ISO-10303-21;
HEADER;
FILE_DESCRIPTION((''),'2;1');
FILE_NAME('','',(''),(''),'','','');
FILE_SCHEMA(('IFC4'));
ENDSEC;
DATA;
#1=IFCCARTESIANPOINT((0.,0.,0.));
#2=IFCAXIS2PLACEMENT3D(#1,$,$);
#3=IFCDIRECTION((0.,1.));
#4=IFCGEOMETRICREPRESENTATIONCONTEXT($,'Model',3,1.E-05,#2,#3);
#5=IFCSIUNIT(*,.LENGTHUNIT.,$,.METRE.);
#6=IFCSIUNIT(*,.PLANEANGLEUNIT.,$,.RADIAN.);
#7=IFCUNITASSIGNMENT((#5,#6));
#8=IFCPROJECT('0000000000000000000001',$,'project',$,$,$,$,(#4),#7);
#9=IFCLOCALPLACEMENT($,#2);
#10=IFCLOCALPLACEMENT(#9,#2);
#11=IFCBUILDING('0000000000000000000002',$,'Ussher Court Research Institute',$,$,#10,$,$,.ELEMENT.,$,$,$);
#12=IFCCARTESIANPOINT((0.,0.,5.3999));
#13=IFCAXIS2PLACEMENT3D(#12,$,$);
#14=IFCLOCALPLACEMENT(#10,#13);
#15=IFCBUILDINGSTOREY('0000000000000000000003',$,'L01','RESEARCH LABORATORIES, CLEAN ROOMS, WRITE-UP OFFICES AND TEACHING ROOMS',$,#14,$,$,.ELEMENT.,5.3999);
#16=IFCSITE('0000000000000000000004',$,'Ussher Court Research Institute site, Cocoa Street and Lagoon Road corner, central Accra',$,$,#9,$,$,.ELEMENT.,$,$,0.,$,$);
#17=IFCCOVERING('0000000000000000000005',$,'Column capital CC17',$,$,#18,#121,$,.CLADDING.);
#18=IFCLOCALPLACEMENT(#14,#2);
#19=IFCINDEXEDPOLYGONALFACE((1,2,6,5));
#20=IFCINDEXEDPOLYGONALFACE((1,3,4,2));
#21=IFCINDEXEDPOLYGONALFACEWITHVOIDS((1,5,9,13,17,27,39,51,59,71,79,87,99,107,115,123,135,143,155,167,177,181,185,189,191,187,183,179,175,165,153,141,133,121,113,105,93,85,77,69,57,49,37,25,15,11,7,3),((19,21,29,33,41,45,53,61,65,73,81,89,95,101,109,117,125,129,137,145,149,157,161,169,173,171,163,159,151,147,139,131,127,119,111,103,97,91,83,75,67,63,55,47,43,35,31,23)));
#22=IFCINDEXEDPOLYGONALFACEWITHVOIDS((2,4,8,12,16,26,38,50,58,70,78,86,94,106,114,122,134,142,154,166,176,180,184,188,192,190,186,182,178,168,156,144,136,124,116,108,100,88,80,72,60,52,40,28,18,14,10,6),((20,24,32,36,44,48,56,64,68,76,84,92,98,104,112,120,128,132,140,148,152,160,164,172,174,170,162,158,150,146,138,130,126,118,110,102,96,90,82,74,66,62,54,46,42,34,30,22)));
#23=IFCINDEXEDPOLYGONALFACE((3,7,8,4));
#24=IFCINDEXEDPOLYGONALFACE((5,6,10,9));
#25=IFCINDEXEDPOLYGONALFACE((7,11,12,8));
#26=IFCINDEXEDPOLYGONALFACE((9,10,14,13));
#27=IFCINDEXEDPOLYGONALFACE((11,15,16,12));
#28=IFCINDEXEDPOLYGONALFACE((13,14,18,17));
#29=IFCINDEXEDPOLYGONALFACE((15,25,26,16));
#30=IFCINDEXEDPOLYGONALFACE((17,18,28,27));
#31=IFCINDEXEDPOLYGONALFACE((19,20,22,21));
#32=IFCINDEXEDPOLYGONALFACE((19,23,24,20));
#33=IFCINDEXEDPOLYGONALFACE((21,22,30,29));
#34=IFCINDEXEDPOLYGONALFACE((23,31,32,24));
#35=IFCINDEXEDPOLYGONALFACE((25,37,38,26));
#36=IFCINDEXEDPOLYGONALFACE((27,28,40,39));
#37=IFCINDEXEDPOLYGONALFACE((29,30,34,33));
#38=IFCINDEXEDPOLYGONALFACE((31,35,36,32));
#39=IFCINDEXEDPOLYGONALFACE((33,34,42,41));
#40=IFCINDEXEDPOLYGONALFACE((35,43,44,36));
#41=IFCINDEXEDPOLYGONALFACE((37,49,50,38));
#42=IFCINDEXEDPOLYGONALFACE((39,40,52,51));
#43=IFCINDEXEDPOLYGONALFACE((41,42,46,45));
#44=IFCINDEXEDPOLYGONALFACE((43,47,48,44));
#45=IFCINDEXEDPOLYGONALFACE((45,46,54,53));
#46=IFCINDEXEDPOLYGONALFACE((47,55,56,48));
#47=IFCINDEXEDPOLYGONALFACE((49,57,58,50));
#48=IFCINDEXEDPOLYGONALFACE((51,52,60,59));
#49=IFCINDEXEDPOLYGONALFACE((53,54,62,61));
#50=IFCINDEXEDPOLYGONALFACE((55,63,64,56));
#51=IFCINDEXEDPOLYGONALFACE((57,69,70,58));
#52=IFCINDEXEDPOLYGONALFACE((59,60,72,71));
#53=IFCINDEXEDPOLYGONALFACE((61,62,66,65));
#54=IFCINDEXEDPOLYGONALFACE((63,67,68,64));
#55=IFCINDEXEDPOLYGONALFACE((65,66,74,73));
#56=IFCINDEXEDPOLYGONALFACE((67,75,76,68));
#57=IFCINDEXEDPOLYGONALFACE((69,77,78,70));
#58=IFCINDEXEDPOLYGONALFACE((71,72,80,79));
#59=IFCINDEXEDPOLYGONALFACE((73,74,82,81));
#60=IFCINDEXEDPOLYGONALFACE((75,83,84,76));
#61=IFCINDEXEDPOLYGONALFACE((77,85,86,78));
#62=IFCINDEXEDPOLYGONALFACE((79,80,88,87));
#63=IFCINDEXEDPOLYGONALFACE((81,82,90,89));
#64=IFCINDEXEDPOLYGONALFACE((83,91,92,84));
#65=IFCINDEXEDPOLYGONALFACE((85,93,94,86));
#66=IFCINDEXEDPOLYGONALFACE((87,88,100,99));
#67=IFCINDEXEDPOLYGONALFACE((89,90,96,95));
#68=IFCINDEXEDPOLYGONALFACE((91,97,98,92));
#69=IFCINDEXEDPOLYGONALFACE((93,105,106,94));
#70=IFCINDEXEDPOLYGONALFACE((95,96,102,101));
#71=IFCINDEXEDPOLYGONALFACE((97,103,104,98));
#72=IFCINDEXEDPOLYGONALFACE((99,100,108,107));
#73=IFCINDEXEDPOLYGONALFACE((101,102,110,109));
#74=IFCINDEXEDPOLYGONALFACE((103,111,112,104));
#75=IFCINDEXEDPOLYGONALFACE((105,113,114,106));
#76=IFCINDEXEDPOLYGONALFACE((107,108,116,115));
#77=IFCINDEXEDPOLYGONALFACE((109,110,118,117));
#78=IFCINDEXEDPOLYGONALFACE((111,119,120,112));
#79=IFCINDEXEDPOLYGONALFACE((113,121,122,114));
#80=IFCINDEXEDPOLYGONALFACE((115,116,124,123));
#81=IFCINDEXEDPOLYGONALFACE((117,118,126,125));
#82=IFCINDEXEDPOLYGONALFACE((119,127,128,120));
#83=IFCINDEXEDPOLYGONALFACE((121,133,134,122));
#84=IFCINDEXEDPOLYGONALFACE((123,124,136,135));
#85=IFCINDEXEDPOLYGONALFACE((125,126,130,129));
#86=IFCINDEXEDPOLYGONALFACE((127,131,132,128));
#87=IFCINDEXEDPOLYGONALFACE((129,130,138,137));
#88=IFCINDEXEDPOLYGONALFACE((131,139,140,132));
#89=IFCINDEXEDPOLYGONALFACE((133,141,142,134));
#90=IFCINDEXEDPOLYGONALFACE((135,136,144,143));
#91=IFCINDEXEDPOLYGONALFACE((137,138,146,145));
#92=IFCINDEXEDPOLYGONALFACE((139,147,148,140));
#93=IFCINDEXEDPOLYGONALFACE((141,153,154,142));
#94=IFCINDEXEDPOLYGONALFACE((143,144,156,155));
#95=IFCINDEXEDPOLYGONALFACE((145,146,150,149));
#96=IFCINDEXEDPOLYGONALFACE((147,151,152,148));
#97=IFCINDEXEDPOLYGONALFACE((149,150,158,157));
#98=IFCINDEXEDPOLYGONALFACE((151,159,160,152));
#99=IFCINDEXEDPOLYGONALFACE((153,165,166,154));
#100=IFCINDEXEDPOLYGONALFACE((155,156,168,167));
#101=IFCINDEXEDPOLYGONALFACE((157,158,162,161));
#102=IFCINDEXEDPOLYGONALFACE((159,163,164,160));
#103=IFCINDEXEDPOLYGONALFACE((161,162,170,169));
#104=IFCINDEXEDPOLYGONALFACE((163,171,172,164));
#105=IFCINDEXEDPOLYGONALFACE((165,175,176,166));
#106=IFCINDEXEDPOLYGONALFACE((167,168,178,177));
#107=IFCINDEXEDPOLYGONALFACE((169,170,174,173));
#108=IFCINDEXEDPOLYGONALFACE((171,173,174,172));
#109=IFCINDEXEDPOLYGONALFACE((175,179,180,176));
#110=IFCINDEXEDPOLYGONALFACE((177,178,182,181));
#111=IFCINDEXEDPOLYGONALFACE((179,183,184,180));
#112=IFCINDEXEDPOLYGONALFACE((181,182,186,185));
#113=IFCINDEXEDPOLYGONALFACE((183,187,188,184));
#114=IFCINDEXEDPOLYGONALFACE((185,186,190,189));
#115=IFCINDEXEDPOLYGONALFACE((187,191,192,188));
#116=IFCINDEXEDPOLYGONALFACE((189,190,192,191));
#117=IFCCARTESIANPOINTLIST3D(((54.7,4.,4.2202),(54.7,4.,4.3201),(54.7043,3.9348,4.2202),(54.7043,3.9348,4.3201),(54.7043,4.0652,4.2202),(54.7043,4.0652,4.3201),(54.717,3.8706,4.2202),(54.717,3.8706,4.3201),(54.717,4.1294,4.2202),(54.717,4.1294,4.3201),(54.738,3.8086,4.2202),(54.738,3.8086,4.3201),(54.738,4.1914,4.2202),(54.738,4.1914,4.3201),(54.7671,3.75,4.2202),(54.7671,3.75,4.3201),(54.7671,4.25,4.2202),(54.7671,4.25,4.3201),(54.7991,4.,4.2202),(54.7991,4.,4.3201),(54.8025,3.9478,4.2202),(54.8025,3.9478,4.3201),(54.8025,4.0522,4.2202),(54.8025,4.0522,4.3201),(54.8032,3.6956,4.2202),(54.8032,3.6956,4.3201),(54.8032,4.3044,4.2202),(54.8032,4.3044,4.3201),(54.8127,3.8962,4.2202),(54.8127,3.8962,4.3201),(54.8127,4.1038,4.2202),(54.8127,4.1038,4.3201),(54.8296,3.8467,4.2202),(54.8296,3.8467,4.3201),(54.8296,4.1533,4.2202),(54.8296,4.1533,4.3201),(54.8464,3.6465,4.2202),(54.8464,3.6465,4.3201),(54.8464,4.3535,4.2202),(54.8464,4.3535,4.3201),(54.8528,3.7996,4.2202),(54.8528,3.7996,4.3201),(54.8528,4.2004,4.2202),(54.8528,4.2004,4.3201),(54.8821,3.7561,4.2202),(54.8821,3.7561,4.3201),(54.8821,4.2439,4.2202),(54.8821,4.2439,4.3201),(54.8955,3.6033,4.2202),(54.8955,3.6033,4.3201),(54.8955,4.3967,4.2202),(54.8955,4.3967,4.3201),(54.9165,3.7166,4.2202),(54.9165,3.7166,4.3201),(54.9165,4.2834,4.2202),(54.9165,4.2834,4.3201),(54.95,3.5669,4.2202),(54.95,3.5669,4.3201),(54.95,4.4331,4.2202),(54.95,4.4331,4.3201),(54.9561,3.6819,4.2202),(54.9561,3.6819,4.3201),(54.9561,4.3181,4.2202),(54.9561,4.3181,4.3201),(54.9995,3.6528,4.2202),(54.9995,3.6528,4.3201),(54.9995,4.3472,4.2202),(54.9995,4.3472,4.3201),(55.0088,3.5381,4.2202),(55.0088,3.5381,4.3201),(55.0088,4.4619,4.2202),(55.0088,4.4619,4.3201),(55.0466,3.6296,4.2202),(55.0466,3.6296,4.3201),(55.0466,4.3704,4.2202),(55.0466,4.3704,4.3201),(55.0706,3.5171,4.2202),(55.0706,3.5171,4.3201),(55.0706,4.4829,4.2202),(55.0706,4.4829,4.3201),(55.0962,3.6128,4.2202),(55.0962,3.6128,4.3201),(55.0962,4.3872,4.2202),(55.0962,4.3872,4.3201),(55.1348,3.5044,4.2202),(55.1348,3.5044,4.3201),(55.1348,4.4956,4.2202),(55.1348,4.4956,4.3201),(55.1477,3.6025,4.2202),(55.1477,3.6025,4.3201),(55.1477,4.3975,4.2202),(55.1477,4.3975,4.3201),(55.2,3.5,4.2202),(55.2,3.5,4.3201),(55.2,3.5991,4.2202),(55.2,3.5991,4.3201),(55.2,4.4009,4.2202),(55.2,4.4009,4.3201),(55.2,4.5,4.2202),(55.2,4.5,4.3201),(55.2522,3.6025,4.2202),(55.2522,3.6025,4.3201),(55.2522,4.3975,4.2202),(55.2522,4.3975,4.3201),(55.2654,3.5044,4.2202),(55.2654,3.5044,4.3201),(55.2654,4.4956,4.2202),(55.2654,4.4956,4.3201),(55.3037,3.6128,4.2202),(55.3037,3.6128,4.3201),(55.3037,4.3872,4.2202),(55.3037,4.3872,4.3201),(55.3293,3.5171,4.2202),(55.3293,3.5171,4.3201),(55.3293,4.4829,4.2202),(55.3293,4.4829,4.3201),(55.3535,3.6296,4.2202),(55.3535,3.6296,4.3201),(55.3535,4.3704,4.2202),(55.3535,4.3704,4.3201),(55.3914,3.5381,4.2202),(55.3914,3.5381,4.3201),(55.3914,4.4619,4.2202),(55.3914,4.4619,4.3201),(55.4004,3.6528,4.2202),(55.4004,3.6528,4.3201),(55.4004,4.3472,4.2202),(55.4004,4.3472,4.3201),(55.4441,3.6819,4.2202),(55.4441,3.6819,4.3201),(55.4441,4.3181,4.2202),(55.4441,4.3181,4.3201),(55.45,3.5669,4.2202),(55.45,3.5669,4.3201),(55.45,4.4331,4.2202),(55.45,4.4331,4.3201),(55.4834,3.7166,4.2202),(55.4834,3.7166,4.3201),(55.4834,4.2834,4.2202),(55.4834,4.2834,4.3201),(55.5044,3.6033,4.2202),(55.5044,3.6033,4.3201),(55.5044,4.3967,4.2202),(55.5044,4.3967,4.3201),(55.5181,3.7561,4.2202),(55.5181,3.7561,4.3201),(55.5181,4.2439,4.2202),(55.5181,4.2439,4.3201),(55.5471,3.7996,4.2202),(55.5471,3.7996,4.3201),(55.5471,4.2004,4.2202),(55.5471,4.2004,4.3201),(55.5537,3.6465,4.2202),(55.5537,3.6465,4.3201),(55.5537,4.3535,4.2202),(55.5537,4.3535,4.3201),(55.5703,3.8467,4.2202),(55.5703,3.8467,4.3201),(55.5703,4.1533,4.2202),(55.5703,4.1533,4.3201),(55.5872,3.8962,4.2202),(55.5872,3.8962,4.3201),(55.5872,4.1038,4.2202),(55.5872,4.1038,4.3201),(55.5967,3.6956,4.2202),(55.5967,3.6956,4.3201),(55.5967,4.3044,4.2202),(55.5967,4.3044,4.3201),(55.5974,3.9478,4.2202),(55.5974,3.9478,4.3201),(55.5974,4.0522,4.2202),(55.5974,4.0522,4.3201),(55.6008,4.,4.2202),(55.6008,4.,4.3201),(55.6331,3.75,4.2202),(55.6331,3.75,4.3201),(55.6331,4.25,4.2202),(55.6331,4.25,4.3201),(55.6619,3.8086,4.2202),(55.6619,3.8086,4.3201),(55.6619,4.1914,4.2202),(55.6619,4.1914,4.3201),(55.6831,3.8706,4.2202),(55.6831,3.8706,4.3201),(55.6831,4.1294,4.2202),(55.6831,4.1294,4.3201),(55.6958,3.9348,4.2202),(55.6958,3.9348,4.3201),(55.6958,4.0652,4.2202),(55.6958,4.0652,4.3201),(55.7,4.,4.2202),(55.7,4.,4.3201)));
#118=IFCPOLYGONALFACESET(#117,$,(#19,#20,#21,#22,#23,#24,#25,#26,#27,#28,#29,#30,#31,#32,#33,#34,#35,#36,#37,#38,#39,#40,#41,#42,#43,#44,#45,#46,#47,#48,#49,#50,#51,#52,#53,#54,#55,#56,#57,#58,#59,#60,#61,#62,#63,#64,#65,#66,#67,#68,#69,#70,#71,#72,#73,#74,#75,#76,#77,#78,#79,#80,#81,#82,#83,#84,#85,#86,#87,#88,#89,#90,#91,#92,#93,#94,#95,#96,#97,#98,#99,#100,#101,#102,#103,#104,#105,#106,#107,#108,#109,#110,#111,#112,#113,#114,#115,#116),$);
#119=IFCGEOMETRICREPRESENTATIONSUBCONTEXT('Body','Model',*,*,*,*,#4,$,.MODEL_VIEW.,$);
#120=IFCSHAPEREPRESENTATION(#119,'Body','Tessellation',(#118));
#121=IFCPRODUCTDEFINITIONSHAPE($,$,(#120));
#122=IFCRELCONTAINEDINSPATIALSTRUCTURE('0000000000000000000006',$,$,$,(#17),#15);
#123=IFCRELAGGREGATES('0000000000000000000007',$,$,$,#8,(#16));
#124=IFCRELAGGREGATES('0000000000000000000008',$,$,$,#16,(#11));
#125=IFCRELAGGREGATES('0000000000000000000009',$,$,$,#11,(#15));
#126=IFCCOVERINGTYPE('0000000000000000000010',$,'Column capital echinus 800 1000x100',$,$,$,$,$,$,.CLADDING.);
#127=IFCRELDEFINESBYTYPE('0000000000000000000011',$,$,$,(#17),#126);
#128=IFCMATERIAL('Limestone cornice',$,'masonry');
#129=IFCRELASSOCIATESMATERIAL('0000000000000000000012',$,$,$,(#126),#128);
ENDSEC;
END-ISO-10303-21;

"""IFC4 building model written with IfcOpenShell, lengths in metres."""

from ifc_helpers import new_model, si_unit, direction, frame, origin, place, context, subcontext, project, spatial, polyline, outline, extrude, material, type_object, element, save


model = new_model("IFC4")

# Units and contexts
model_context = context("Model", 3, precision=1e-05, world=origin(), true_north=direction((0.0, 1.0)))
body_context = subcontext(model_context, "Body", "Model", "MODEL_VIEW")
ifc_project = project(units=[si_unit("LENGTHUNIT", "METRE"), si_unit("PLANEANGLEUNIT", "RADIAN")], contexts=[model_context])

# Site, building, storey
site_placement = place(None, origin())
site = spatial("IfcSite", under=ifc_project, at=site_placement, Name="Ussher Court Research Institute site, Cocoa Street and Lagoon Road corner, central Accra", CompositionType="ELEMENT", RefElevation=0.0)
building_placement = place(site_placement, origin())
building = spatial("IfcBuilding", under=site, at=building_placement, Name="Ussher Court Research Institute", CompositionType="ELEMENT")
storey_placement = place(building_placement, frame((0.0, 0.0, 5.3999)))
storey = spatial("IfcBuildingStorey", under=building, at=storey_placement, Name="L01", Description="RESEARCH LABORATORIES, CLEAN ROOMS, WRITE-UP OFFICES AND TEACHING ROOMS", CompositionType="ELEMENT", Elevation=5.3999)

# Covering
ifc_material_1 = material(Name="Limestone cornice", Category="masonry")
covering_type_1 = type_object("IfcCoveringType", Name="Column capital echinus 800 1000x100", PredefinedType="CLADDING", material=ifc_material_1)
covering_1_placement = place(storey_placement, frame((0.0, 0.0, 4.2202)))
element("IfcCovering", 1, at=covering_1_placement, inside=storey, type_object=covering_type_1, Name="Column capital CC17", PredefinedType="CLADDING", context=body_context, shape_type="SweptSolid", body=[
    extrude(outline(polyline([(55.7, 4.0), (55.6958, 4.0652), (55.6831, 4.1294), (55.6619, 4.1914), (55.6331, 4.25), (55.5967, 4.3044), (55.5537, 4.3535), (55.5044, 4.3967), (55.45, 4.4331), (55.3914, 4.4619), (55.3293, 4.4829), (55.2654, 4.4956), (55.2, 4.5), (55.1348, 4.4956), (55.0706, 4.4829), (55.0088, 4.4619), (54.95, 4.4331), (54.8955, 4.3967), (54.8464, 4.3535), (54.8032, 4.3044), (54.7671, 4.25), (54.738, 4.1914), (54.717, 4.1294), (54.7043, 4.0652), (54.7, 4.0), (54.7043, 3.9348), (54.717, 3.8706), (54.738, 3.8086), (54.7671, 3.75), (54.8032, 3.6956), (54.8464, 3.6465), (54.8955, 3.6033), (54.95, 3.5669), (55.0088, 3.5381), (55.0706, 3.5171), (55.1348, 3.5044), (55.2, 3.5), (55.2654, 3.5044), (55.3293, 3.5171), (55.3914, 3.5381), (55.45, 3.5669), (55.5044, 3.6033), (55.5537, 3.6465), (55.5967, 3.6956), (55.6331, 3.75), (55.6619, 3.8086), (55.6831, 3.8706), (55.6958, 3.9348), (55.7, 4.0)]), holes=[polyline([(55.6008, 4.0), (55.5974, 4.0522), (55.5872, 4.1038), (55.5703, 4.1533), (55.5471, 4.2004), (55.5181, 4.2439), (55.4834, 4.2834), (55.4441, 4.3181), (55.4004, 4.3472), (55.3535, 4.3704), (55.3037, 4.3872), (55.2522, 4.3975), (55.2, 4.4009), (55.1477, 4.3975), (55.0962, 4.3872), (55.0466, 4.3704), (54.9995, 4.3472), (54.9561, 4.3181), (54.9165, 4.2834), (54.8821, 4.2439), (54.8528, 4.2004), (54.8296, 4.1533), (54.8127, 4.1038), (54.8025, 4.0522), (54.7991, 4.0), (54.8025, 3.9478), (54.8127, 3.8962), (54.8296, 3.8467), (54.8528, 3.7996), (54.8821, 3.7561), (54.9165, 3.7166), (54.9561, 3.6819), (54.9995, 3.6528), (55.0466, 3.6296), (55.0962, 3.6128), (55.1477, 3.6025), (55.2, 3.5991), (55.2522, 3.6025), (55.3037, 3.6128), (55.3535, 3.6296), (55.4004, 3.6528), (55.4441, 3.6819), (55.4834, 3.7166), (55.5181, 3.7561), (55.5471, 3.7996), (55.5703, 3.8467), (55.5872, 3.8962), (55.5974, 3.9478), (55.6008, 4.0)])]), origin(), (0.0, 0.0, 1.0), 0.0999),
])

save(model, "model.ifc")
